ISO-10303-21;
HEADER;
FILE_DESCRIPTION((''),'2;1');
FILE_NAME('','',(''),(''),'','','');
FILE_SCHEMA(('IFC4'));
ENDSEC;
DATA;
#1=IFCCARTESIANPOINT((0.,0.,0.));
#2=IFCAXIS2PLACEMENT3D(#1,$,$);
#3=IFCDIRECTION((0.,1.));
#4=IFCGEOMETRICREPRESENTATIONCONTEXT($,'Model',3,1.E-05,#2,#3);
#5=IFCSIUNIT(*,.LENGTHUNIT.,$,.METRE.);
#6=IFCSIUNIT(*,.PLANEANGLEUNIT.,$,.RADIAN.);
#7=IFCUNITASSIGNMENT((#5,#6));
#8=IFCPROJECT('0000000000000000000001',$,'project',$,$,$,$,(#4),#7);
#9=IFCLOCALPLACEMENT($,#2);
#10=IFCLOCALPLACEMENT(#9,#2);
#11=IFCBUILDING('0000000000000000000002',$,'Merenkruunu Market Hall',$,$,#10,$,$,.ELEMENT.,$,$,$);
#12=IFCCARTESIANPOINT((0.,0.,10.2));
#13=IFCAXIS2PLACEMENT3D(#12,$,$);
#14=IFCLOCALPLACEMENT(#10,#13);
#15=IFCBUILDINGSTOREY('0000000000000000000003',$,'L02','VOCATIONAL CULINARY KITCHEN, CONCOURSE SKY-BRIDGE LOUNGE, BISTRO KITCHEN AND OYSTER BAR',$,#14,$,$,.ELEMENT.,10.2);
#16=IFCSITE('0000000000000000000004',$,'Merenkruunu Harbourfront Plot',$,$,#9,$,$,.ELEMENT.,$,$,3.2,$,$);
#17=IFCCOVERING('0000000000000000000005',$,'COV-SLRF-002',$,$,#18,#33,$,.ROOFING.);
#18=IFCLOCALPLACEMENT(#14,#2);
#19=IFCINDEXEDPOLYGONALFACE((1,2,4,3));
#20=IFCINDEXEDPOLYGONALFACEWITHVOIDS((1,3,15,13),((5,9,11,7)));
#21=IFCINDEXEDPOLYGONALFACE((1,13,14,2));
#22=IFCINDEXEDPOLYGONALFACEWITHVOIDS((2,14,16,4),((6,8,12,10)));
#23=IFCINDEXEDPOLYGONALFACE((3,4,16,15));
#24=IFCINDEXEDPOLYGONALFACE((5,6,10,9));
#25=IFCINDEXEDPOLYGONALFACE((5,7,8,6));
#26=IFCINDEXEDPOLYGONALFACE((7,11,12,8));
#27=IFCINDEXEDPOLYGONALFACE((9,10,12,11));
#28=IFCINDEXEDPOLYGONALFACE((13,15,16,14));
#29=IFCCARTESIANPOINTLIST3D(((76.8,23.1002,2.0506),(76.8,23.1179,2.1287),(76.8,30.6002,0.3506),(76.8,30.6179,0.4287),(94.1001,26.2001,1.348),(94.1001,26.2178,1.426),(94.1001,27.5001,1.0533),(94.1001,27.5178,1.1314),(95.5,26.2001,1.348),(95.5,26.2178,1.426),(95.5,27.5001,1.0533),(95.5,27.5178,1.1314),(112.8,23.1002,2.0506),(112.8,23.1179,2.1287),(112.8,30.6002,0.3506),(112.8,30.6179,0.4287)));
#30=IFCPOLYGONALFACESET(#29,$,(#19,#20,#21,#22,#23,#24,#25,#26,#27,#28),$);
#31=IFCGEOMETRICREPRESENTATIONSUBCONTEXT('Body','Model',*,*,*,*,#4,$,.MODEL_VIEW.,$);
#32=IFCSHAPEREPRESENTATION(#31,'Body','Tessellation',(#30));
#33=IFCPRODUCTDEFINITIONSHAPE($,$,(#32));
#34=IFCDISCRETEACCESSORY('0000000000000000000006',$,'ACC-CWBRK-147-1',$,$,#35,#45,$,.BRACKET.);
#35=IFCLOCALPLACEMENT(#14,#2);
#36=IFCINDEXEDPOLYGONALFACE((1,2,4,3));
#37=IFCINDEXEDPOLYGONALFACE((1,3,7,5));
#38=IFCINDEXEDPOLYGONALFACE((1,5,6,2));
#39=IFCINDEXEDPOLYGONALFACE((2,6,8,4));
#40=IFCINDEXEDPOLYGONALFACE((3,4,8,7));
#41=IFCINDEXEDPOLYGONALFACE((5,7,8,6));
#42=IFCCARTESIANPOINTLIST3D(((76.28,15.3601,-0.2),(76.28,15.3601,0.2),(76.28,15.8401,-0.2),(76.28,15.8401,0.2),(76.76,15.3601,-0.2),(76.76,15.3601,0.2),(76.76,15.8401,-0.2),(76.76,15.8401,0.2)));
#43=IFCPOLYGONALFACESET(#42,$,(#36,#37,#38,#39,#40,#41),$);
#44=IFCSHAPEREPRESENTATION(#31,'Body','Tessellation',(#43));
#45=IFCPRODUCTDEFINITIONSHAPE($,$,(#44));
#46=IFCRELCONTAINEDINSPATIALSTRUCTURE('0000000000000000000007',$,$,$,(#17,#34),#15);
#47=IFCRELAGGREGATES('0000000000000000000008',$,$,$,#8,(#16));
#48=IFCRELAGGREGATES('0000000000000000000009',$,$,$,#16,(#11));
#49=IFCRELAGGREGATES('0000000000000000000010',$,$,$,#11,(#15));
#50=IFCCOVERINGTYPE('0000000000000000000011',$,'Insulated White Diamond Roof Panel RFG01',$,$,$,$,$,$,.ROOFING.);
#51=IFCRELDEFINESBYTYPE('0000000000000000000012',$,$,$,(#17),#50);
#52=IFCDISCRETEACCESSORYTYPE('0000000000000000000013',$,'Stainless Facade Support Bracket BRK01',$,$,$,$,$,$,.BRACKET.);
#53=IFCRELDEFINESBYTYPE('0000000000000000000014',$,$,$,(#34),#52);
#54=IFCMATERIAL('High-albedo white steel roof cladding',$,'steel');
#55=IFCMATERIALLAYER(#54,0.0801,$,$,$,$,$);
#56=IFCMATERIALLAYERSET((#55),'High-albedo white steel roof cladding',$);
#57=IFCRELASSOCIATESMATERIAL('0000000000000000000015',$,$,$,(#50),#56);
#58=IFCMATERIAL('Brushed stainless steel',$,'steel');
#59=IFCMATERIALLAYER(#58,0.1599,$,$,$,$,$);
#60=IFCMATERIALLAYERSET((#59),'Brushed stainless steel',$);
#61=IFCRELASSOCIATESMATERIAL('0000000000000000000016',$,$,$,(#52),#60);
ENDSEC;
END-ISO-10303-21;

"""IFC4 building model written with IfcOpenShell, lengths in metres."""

from ifc_helpers import new_model, si_unit, direction, frame, origin, origin_2d, place, context, subcontext, project, spatial, polyline, rectangle, outline, extrude, material, layer, layer_set, type_object, element, save


model = new_model("IFC4")

# Units and contexts
model_context = context("Model", 3, precision=1e-05, world=origin(), true_north=direction((0.0, 1.0)))
body_context = subcontext(model_context, "Body", "Model", "MODEL_VIEW")
ifc_project = project(units=[si_unit("LENGTHUNIT", "METRE"), si_unit("PLANEANGLEUNIT", "RADIAN")], contexts=[model_context])

# Site, building, storey
site_placement = place(None, origin())
site = spatial("IfcSite", under=ifc_project, at=site_placement, Name="Merenkruunu Harbourfront Plot", CompositionType="ELEMENT", RefElevation=3.2)
building_placement = place(site_placement, origin())
building = spatial("IfcBuilding", under=site, at=building_placement, Name="Merenkruunu Market Hall", CompositionType="ELEMENT")
storey_placement = place(building_placement, frame((0.0, 0.0, 10.2)))
storey = spatial("IfcBuildingStorey", under=building, at=storey_placement, Name="L02", Description="VOCATIONAL CULINARY KITCHEN, CONCOURSE SKY-BRIDGE LOUNGE, BISTRO KITCHEN AND OYSTER BAR", CompositionType="ELEMENT", Elevation=10.2)

# Covering
ifc_material_1 = material(Name="High-albedo white steel roof cladding", Category="steel")
ifc_layer_1 = layer(ifc_material_1, 0.0801)
ifc_layer_set_1 = layer_set([ifc_layer_1], Name="High-albedo white steel roof cladding")
covering_type = type_object("IfcCoveringType", Name="Insulated White Diamond Roof Panel RFG01", PredefinedType="ROOFING", material=ifc_layer_set_1)
covering_1_placement = place(storey_placement, frame((76.8, 23.1179, 2.1287), z_axis=(0.0, 0.221053, 0.975262), x_axis=(1.0, 0.0, 0.0)))
element("IfcCovering", 1, at=covering_1_placement, inside=storey, type_object=covering_type, Name="COV-SLRF-002", PredefinedType="ROOFING", context=body_context, shape_type="SweptSolid", body=[
    extrude(outline(polyline([(0.0, 0.0), (36.0, 0.0), (36.0, 7.6902), (0.0, 7.6902), (0.0, 0.0)]), holes=[polyline([(17.3, 3.1785), (18.7, 3.1785), (18.7, 4.5115), (17.3, 4.5115), (17.3, 3.1785)])]), origin(), (0.0, 0.0, -1.0), 0.0801),
])

# Discrete accessory
ifc_material_2 = material(Name="Brushed stainless steel", Category="steel")
ifc_layer_2 = layer(ifc_material_2, 0.1599)
ifc_layer_set_2 = layer_set([ifc_layer_2], Name="Brushed stainless steel")
discrete_accessory_type = type_object("IfcDiscreteAccessoryType", Name="Stainless Facade Support Bracket BRK01", PredefinedType="BRACKET", material=ifc_layer_set_2)
discrete_accessory_placement = place(storey_placement, frame((76.52, 15.6001, -0.2), z_axis=(0.0, 0.0, 1.0), x_axis=(1.0, 0.0, 0.0)))
element("IfcDiscreteAccessory", 2, at=discrete_accessory_placement, inside=storey, type_object=discrete_accessory_type, Name="ACC-CWBRK-147-1", PredefinedType="BRACKET", context=body_context, shape_type="SweptSolid", body=[
    extrude(rectangle(XDim=0.48, YDim=0.48, at=origin_2d()), origin(), (0.0, 0.0, 1.0), 0.3999),
])

save(model, "model.ifc")
